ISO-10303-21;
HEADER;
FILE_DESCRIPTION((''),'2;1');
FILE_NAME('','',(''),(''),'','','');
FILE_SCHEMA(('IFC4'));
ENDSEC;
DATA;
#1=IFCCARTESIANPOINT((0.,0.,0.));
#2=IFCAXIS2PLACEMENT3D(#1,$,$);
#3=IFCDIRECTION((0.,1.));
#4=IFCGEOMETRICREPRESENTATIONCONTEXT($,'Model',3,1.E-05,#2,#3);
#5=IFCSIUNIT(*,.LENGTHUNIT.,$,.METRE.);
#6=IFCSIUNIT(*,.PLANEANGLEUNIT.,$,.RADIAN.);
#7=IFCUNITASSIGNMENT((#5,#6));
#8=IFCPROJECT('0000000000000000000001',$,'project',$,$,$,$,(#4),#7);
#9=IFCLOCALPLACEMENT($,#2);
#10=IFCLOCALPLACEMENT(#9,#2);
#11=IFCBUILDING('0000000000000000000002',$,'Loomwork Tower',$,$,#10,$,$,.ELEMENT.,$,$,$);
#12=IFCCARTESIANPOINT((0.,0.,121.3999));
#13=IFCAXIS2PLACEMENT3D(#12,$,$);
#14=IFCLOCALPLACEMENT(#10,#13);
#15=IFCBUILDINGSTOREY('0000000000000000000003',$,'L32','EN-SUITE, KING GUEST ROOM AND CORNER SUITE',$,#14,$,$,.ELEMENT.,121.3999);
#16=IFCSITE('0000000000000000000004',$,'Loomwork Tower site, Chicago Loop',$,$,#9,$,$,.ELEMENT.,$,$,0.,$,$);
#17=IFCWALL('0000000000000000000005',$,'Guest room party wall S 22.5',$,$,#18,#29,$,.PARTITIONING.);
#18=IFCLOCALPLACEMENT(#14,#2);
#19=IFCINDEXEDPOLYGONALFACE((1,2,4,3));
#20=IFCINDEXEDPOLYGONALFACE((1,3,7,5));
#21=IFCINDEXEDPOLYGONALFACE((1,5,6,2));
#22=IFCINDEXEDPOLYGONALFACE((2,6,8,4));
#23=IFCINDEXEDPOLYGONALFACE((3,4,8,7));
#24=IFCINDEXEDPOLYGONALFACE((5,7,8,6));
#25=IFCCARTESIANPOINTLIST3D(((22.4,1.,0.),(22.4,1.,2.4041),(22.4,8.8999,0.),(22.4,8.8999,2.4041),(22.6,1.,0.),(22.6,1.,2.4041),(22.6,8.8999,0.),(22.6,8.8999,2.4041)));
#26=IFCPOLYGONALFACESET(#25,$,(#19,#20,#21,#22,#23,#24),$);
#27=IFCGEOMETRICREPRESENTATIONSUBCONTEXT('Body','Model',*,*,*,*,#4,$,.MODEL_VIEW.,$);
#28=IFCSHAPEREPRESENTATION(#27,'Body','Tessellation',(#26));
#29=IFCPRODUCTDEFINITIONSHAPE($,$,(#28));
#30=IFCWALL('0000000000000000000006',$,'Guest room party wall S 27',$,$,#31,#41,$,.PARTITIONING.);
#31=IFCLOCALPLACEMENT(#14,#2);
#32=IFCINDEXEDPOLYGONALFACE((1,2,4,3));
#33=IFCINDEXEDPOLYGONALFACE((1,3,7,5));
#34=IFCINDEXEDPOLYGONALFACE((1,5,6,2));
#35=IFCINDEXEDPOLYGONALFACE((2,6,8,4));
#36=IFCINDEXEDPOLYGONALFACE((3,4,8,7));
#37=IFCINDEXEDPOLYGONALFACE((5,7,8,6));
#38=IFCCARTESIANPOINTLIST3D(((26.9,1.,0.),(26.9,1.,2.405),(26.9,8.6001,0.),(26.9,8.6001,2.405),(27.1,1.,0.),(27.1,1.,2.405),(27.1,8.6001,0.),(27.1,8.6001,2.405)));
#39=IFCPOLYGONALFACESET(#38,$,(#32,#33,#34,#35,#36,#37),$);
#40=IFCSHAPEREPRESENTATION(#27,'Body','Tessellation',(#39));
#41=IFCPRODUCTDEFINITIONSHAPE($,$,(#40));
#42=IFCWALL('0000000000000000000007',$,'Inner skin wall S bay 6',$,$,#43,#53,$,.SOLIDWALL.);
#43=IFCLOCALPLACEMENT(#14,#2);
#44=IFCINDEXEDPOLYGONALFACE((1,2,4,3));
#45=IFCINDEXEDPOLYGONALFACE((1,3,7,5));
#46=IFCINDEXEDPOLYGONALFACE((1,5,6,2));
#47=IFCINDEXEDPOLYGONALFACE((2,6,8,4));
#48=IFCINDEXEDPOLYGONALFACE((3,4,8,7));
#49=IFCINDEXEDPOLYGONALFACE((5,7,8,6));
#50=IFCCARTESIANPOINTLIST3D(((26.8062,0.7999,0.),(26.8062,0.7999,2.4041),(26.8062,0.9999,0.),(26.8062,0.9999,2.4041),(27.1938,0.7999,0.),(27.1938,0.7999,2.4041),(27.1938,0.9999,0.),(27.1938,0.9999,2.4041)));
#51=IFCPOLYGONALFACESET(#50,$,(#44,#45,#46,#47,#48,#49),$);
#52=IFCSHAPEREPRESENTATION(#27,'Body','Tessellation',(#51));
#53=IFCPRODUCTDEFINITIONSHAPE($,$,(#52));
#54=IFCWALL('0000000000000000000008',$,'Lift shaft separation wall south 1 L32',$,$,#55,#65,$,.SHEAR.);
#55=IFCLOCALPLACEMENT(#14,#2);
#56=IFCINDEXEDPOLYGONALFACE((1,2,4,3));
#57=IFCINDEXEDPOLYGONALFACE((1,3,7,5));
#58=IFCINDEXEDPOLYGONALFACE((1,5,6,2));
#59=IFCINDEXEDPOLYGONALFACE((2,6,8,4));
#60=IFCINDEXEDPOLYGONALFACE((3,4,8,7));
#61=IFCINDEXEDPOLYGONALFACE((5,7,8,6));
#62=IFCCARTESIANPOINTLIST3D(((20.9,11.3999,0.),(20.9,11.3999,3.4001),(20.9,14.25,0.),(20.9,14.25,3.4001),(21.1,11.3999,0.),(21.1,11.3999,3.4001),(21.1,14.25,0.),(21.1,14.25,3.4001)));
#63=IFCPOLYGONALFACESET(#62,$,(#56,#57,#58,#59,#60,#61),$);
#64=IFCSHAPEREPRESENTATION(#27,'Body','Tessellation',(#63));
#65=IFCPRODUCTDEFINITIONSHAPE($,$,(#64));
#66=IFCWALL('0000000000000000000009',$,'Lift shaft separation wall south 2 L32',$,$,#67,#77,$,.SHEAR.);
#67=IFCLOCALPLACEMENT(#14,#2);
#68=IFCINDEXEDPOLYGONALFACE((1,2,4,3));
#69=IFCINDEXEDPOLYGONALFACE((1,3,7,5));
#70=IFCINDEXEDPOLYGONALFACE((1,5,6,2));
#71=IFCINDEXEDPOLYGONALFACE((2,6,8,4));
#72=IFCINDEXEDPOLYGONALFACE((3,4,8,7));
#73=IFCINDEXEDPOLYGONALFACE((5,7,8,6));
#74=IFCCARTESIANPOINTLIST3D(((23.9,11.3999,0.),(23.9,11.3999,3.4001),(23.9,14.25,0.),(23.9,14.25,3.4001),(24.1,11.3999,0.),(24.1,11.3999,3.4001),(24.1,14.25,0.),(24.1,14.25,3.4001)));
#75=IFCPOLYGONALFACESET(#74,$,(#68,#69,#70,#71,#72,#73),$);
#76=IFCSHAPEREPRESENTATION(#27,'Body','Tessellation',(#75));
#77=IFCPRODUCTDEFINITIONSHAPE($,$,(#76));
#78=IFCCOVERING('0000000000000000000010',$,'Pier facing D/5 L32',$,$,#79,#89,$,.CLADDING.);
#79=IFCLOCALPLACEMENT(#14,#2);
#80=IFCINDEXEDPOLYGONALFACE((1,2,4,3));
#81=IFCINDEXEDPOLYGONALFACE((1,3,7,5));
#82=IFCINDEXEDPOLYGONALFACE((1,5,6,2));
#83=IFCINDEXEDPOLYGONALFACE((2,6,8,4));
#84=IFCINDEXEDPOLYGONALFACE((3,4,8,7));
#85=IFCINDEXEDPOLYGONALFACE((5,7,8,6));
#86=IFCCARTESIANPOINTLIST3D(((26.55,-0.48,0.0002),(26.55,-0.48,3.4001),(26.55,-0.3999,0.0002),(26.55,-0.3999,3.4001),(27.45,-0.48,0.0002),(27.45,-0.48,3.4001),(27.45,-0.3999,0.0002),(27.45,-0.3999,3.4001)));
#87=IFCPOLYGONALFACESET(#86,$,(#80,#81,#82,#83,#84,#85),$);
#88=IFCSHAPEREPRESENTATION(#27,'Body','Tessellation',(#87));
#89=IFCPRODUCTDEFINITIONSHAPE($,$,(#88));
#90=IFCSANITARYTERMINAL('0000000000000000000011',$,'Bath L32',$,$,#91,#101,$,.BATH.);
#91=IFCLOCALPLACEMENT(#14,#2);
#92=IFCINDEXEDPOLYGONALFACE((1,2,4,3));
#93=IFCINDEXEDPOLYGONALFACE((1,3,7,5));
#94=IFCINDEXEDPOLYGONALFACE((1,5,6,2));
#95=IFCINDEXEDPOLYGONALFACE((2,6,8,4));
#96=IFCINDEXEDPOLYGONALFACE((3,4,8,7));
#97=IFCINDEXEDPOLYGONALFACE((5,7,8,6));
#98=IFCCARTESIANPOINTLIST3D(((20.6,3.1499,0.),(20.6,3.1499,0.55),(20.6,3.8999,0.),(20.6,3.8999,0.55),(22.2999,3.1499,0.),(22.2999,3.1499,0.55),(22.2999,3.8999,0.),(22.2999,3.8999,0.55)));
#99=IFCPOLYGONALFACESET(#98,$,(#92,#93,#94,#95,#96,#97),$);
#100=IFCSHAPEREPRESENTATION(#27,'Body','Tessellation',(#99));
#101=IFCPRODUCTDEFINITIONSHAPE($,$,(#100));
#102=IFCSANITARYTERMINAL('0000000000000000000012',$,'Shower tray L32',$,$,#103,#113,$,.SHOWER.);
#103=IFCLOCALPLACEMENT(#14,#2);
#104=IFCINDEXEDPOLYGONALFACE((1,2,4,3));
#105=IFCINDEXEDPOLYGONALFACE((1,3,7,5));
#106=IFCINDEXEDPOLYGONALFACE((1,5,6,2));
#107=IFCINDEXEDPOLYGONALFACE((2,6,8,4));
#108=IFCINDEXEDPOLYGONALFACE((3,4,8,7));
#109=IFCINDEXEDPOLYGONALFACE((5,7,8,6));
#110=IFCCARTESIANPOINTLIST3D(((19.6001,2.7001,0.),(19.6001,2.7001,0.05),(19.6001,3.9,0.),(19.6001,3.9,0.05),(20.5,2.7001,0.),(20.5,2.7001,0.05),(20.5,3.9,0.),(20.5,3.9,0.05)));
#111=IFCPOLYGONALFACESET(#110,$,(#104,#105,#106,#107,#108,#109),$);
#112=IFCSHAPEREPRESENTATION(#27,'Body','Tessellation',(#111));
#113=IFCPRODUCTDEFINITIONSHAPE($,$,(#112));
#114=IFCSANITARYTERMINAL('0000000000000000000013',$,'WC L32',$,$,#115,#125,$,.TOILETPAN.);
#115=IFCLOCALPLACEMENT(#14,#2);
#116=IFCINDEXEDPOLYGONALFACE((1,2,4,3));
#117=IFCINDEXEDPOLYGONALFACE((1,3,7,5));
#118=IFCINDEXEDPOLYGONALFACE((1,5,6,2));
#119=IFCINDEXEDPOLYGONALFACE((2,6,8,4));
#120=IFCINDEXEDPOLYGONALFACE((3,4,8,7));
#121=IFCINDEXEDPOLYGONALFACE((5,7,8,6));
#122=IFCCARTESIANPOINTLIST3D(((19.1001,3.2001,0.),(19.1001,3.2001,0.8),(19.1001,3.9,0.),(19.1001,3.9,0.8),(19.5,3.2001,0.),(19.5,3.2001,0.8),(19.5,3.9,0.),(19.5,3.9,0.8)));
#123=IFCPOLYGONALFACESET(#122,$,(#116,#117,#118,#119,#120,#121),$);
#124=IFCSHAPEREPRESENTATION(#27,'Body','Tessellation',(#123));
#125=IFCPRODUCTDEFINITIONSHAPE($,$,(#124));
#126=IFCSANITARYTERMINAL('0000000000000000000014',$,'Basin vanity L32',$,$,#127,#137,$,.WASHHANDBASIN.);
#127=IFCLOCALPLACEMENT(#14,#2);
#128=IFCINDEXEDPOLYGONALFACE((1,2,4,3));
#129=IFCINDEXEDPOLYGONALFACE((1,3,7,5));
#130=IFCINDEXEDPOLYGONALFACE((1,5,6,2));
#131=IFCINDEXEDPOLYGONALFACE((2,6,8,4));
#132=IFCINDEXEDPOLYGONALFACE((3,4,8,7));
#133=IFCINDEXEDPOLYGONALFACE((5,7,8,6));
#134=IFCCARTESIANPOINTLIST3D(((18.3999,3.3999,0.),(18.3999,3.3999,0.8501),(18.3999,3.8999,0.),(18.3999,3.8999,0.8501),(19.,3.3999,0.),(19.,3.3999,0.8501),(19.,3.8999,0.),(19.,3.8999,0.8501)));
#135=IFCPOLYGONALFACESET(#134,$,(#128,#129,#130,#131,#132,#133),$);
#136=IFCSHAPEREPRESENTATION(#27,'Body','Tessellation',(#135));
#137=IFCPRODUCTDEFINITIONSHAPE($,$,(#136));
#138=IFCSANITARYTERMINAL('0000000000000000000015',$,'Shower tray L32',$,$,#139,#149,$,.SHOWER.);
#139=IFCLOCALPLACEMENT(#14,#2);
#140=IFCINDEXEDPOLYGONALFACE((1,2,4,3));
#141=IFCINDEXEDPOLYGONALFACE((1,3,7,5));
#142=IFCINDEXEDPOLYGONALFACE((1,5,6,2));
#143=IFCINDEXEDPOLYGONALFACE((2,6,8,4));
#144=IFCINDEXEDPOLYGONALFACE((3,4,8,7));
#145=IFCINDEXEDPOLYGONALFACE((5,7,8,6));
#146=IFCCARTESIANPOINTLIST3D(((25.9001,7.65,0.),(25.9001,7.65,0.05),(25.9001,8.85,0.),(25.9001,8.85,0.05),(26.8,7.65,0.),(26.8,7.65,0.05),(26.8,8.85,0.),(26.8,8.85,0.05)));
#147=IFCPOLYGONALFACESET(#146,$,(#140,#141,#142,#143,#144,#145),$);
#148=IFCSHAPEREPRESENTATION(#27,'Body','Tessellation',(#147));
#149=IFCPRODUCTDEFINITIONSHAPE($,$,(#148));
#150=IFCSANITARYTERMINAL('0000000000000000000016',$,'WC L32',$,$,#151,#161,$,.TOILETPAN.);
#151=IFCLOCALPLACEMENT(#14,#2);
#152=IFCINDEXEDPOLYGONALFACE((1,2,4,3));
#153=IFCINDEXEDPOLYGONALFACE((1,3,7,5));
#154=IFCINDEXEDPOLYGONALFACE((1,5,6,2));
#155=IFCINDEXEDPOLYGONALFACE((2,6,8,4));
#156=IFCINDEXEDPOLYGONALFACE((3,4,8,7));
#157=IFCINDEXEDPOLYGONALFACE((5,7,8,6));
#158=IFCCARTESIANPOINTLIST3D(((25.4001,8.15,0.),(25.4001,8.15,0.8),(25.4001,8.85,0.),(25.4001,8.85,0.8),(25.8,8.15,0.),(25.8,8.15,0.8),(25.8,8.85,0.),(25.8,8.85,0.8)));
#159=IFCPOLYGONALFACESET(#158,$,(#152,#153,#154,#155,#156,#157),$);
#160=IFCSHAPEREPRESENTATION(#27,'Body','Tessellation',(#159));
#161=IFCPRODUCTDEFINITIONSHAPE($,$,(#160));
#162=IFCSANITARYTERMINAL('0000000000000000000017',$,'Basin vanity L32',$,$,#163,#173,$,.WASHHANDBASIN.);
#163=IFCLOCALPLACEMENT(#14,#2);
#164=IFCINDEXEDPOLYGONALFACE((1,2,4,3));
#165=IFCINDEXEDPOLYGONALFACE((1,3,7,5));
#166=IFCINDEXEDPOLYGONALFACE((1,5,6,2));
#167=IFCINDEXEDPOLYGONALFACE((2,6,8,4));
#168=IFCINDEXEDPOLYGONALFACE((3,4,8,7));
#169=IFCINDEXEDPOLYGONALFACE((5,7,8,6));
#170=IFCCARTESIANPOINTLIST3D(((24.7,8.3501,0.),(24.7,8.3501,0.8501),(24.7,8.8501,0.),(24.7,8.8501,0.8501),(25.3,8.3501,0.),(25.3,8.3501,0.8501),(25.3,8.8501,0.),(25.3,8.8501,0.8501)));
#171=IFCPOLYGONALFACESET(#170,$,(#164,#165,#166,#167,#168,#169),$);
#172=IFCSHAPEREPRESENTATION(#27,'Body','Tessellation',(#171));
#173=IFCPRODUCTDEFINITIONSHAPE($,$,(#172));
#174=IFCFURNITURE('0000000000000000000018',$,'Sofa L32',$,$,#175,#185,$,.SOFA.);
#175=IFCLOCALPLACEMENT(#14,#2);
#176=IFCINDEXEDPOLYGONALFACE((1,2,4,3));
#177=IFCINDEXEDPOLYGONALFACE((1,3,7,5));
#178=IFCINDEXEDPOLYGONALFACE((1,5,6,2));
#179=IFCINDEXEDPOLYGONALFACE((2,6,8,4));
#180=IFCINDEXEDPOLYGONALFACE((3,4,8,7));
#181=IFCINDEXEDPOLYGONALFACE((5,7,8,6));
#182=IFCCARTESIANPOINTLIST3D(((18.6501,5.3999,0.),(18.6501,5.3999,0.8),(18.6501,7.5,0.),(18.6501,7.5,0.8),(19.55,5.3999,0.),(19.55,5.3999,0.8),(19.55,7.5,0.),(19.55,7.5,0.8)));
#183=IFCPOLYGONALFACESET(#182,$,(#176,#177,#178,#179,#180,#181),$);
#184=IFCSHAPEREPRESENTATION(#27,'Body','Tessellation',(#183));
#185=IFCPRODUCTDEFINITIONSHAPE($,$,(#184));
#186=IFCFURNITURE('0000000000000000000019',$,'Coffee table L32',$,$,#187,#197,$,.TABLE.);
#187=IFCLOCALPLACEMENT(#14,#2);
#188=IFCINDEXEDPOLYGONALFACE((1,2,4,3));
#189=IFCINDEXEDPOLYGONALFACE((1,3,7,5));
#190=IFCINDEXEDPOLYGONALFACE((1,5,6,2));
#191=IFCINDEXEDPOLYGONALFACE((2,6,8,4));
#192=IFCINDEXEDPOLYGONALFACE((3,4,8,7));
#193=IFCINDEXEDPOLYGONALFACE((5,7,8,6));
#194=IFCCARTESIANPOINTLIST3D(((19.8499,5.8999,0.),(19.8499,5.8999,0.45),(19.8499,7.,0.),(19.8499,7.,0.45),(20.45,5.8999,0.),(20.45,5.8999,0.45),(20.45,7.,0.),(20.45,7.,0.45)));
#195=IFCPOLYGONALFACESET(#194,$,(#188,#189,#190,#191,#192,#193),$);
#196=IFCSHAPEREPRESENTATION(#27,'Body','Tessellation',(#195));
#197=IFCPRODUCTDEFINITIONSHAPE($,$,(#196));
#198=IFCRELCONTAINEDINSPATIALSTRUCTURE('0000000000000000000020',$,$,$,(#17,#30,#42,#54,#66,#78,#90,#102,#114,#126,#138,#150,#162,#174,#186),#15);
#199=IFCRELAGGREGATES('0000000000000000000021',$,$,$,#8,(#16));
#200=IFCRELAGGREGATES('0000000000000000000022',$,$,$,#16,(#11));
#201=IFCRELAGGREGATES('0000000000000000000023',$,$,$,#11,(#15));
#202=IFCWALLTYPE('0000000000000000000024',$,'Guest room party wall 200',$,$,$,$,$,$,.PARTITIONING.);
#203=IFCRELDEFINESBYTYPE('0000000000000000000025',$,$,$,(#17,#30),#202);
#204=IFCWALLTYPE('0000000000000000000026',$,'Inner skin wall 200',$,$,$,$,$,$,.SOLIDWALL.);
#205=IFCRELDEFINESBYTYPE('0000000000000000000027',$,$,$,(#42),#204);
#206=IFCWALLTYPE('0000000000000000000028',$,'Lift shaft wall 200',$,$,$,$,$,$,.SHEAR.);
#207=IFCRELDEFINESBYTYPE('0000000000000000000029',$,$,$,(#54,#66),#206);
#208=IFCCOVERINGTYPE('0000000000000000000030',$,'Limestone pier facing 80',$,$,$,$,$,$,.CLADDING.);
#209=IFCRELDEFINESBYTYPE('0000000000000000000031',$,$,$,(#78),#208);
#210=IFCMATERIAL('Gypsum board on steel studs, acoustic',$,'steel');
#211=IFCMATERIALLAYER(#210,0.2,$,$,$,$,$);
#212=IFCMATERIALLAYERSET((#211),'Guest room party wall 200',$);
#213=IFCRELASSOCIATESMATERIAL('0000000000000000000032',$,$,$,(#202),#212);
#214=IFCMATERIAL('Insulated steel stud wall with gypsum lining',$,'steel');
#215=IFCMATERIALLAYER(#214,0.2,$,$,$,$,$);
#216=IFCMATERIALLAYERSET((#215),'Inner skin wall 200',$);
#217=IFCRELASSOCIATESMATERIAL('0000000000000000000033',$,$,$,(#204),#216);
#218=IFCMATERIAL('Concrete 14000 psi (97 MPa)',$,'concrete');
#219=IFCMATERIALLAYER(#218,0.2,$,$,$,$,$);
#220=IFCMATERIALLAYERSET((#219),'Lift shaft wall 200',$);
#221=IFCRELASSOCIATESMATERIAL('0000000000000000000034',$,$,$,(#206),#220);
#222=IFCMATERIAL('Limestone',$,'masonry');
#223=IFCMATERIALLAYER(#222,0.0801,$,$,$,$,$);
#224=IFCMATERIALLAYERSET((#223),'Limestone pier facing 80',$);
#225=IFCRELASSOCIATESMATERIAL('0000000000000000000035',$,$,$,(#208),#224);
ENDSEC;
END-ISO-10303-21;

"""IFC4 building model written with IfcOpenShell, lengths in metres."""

from ifc_helpers import new_model, si_unit, direction, frame, frame_2d, origin, origin_2d, place, context, subcontext, project, spatial, rectangle, extrude, material, layer, layer_set, type_object, element, save


model = new_model("IFC4")

# Units and contexts
model_context = context("Model", 3, precision=1e-05, world=origin(), true_north=direction((0.0, 1.0)))
body_context = subcontext(model_context, "Body", "Model", "MODEL_VIEW")
ifc_project = project(units=[si_unit("LENGTHUNIT", "METRE"), si_unit("PLANEANGLEUNIT", "RADIAN")], contexts=[model_context])

# Site, building, storey
site_placement = place(None, origin())
site = spatial("IfcSite", under=ifc_project, at=site_placement, Name="Loomwork Tower site, Chicago Loop", CompositionType="ELEMENT", RefElevation=0.0)
building_placement = place(site_placement, origin())
building = spatial("IfcBuilding", under=site, at=building_placement, Name="Loomwork Tower", CompositionType="ELEMENT")
storey_placement = place(building_placement, frame((0.0, 0.0, 121.3999)))
storey = spatial("IfcBuildingStorey", under=building, at=storey_placement, Name="L32", Description="EN-SUITE, KING GUEST ROOM AND CORNER SUITE", CompositionType="ELEMENT", Elevation=121.3999)

# Walls
ifc_material_1 = material(Name="Gypsum board on steel studs, acoustic", Category="steel")
ifc_layer_1 = layer(ifc_material_1, 0.2)
ifc_layer_set_1 = layer_set([ifc_layer_1], Name="Guest room party wall 200")
wall_type_1 = type_object("IfcWallType", Name="Guest room party wall 200", PredefinedType="PARTITIONING", material=ifc_layer_set_1)
wall_1_placement = place(storey_placement, frame((22.5, 8.8999, 0.0), z_axis=(0.0, 0.0, 1.0), x_axis=(0.0, -1.0, 0.0)))
element("IfcWall", 1, at=wall_1_placement, inside=storey, type_object=wall_type_1, Name="Guest room party wall S 22.5", PredefinedType="PARTITIONING", context=body_context, shape_type="SweptSolid", body=[
    extrude(rectangle(XDim=7.8999, YDim=0.2, at=frame_2d((3.95, 0.0))), origin(), (0.0, 0.0, 1.0), 2.4041),
])
wall_2_placement = place(storey_placement, frame((27.0, 8.6001, 0.0), z_axis=(0.0, 0.0, 1.0), x_axis=(0.0, -1.0, 0.0)))
element("IfcWall", 2, at=wall_2_placement, inside=storey, type_object=wall_type_1, Name="Guest room party wall S 27", PredefinedType="PARTITIONING", context=body_context, shape_type="SweptSolid", body=[
    extrude(rectangle(XDim=7.6001, YDim=0.2, at=frame_2d((3.8, 0.0))), origin(), (0.0, 0.0, 1.0), 2.405),
])
ifc_material_2 = material(Name="Insulated steel stud wall with gypsum lining", Category="steel")
ifc_layer_2 = layer(ifc_material_2, 0.2)
ifc_layer_set_2 = layer_set([ifc_layer_2], Name="Inner skin wall 200")
wall_type_2 = type_object("IfcWallType", Name="Inner skin wall 200", PredefinedType="SOLIDWALL", material=ifc_layer_set_2)
wall_3_placement = place(storey_placement, frame((26.8062, 0.8999, 0.0), z_axis=(0.0, 0.0, 1.0), x_axis=(1.0, 0.0, 0.0)))
element("IfcWall", 3, at=wall_3_placement, inside=storey, type_object=wall_type_2, Name="Inner skin wall S bay 6", PredefinedType="SOLIDWALL", context=body_context, shape_type="SweptSolid", body=[
    extrude(rectangle(XDim=0.3877, YDim=0.2, at=frame_2d((0.1938, 0.0))), origin(), (0.0, 0.0, 1.0), 2.4041),
])
ifc_material_3 = material(Name="Concrete 14000 psi (97 MPa)", Category="concrete")
ifc_layer_3 = layer(ifc_material_3, 0.2)
ifc_layer_set_3 = layer_set([ifc_layer_3], Name="Lift shaft wall 200")
wall_type_3 = type_object("IfcWallType", Name="Lift shaft wall 200", PredefinedType="SHEAR", material=ifc_layer_set_3)
for number, where, z_axis, x_axis, name in (
    (4, (21.0, 11.3999, 0.0), (0.0, 0.0, 1.0), (0.0, 1.0, 0.0), "Lift shaft separation wall south 1 L32"),
    (5, (24.0, 11.3999, 0.0), (0.0, 0.0, 1.0), (0.0, 1.0, 0.0), "Lift shaft separation wall south 2 L32"),
):
    element("IfcWall", number, at=place(storey_placement, frame(where, z_axis=z_axis, x_axis=x_axis)), inside=storey, type_object=wall_type_3, Name=name, PredefinedType="SHEAR", context=body_context, shape_type="SweptSolid", body=[
        extrude(rectangle(XDim=2.8501, YDim=0.2, at=frame_2d((1.425, 0.0))), origin(), (0.0, 0.0, 1.0), 3.4001),
    ])

# Covering
ifc_material_4 = material(Name="Limestone", Category="masonry")
ifc_layer_4 = layer(ifc_material_4, 0.0801)
ifc_layer_set_4 = layer_set([ifc_layer_4], Name="Limestone pier facing 80")
covering_type = type_object("IfcCoveringType", Name="Limestone pier facing 80", PredefinedType="CLADDING", material=ifc_layer_set_4)
covering_placement = place(storey_placement, frame((27.0, -0.4399, 0.0002), z_axis=(0.0, 0.0, 1.0), x_axis=(1.0, 0.0, 0.0)))
element("IfcCovering", 6, at=covering_placement, inside=storey, type_object=covering_type, Name="Pier facing D/5 L32", PredefinedType="CLADDING", context=body_context, shape_type="SweptSolid", body=[
    extrude(rectangle(XDim=0.8999, YDim=0.0801, at=origin_2d()), origin(), (0.0, 0.0, 1.0), 3.3999),
])

# Sanitary terminals
sanitary_terminal_1_placement = place(storey_placement, frame((21.45, 3.5249, 0.0), z_axis=(0.0, 0.0, 1.0), x_axis=(1.0, 0.0, 0.0)))
element("IfcSanitaryTerminal", 7, at=sanitary_terminal_1_placement, inside=storey, Name="Bath L32", PredefinedType="BATH", context=body_context, shape_type="SweptSolid", body=[
    extrude(rectangle(XDim=1.7, YDim=0.75, at=origin_2d()), origin(), (0.0, 0.0, 1.0), 0.55),
])
sanitary_terminal_2_placement = place(storey_placement, frame((20.05, 3.3, 0.0), z_axis=(0.0, 0.0, 1.0), x_axis=(1.0, 0.0, 0.0)))
element("IfcSanitaryTerminal", 8, at=sanitary_terminal_2_placement, inside=storey, Name="Shower tray L32", PredefinedType="SHOWER", context=body_context, shape_type="SweptSolid", body=[
    extrude(rectangle(XDim=0.8999, YDim=1.2, at=origin_2d()), origin(), (0.0, 0.0, 1.0), 0.05),
])
sanitary_terminal_3_placement = place(storey_placement, frame((19.3, 3.55, 0.0), z_axis=(0.0, 0.0, 1.0), x_axis=(1.0, 0.0, 0.0)))
element("IfcSanitaryTerminal", 9, at=sanitary_terminal_3_placement, inside=storey, Name="WC L32", PredefinedType="TOILETPAN", context=body_context, shape_type="SweptSolid", body=[
    extrude(rectangle(XDim=0.3999, YDim=0.7, at=origin_2d()), origin(), (0.0, 0.0, 1.0), 0.8),
])
sanitary_terminal_4_placement = place(storey_placement, frame((18.7, 3.6499, 0.0), z_axis=(0.0, 0.0, 1.0), x_axis=(1.0, 0.0, 0.0)))
element("IfcSanitaryTerminal", 10, at=sanitary_terminal_4_placement, inside=storey, Name="Basin vanity L32", PredefinedType="WASHHANDBASIN", context=body_context, shape_type="SweptSolid", body=[
    extrude(rectangle(XDim=0.6001, YDim=0.5, at=origin_2d()), origin(), (0.0, 0.0, 1.0), 0.8501),
])
sanitary_terminal_5_placement = place(storey_placement, frame((26.3501, 8.25, 0.0), z_axis=(0.0, 0.0, 1.0), x_axis=(1.0, 0.0, 0.0)))
element("IfcSanitaryTerminal", 11, at=sanitary_terminal_5_placement, inside=storey, Name="Shower tray L32", PredefinedType="SHOWER", context=body_context, shape_type="SweptSolid", body=[
    extrude(rectangle(XDim=0.8999, YDim=1.2, at=origin_2d()), origin(), (0.0, 0.0, 1.0), 0.05),
])
sanitary_terminal_6_placement = place(storey_placement, frame((25.6001, 8.5, 0.0), z_axis=(0.0, 0.0, 1.0), x_axis=(1.0, 0.0, 0.0)))
element("IfcSanitaryTerminal", 12, at=sanitary_terminal_6_placement, inside=storey, Name="WC L32", PredefinedType="TOILETPAN", context=body_context, shape_type="SweptSolid", body=[
    extrude(rectangle(XDim=0.3999, YDim=0.7, at=origin_2d()), origin(), (0.0, 0.0, 1.0), 0.8),
])
sanitary_terminal_7_placement = place(storey_placement, frame((25.0, 8.6001, 0.0), z_axis=(0.0, 0.0, 1.0), x_axis=(1.0, 0.0, 0.0)))
element("IfcSanitaryTerminal", 13, at=sanitary_terminal_7_placement, inside=storey, Name="Basin vanity L32", PredefinedType="WASHHANDBASIN", context=body_context, shape_type="SweptSolid", body=[
    extrude(rectangle(XDim=0.6001, YDim=0.5, at=origin_2d()), origin(), (0.0, 0.0, 1.0), 0.8501),
])

# Furniture
furniture_1_placement = place(storey_placement, frame((19.1001, 6.45, 0.0), z_axis=(0.0, 0.0, 1.0), x_axis=(1.0, 0.0, 0.0)))
element("IfcFurniture", 14, at=furniture_1_placement, inside=storey, Name="Sofa L32", PredefinedType="SOFA", context=body_context, shape_type="SweptSolid", body=[
    extrude(rectangle(XDim=0.8999, YDim=2.1001, at=origin_2d()), origin(), (0.0, 0.0, 1.0), 0.8),
])
furniture_2_placement = place(storey_placement, frame((20.1499, 6.45, 0.0), z_axis=(0.0, 0.0, 1.0), x_axis=(1.0, 0.0, 0.0)))
element("IfcFurniture", 15, at=furniture_2_placement, inside=storey, Name="Coffee table L32", PredefinedType="TABLE", context=body_context, shape_type="SweptSolid", body=[
    extrude(rectangle(XDim=0.6001, YDim=1.1001, at=origin_2d()), origin(), (0.0, 0.0, 1.0), 0.45),
])

save(model, "model.ifc")
